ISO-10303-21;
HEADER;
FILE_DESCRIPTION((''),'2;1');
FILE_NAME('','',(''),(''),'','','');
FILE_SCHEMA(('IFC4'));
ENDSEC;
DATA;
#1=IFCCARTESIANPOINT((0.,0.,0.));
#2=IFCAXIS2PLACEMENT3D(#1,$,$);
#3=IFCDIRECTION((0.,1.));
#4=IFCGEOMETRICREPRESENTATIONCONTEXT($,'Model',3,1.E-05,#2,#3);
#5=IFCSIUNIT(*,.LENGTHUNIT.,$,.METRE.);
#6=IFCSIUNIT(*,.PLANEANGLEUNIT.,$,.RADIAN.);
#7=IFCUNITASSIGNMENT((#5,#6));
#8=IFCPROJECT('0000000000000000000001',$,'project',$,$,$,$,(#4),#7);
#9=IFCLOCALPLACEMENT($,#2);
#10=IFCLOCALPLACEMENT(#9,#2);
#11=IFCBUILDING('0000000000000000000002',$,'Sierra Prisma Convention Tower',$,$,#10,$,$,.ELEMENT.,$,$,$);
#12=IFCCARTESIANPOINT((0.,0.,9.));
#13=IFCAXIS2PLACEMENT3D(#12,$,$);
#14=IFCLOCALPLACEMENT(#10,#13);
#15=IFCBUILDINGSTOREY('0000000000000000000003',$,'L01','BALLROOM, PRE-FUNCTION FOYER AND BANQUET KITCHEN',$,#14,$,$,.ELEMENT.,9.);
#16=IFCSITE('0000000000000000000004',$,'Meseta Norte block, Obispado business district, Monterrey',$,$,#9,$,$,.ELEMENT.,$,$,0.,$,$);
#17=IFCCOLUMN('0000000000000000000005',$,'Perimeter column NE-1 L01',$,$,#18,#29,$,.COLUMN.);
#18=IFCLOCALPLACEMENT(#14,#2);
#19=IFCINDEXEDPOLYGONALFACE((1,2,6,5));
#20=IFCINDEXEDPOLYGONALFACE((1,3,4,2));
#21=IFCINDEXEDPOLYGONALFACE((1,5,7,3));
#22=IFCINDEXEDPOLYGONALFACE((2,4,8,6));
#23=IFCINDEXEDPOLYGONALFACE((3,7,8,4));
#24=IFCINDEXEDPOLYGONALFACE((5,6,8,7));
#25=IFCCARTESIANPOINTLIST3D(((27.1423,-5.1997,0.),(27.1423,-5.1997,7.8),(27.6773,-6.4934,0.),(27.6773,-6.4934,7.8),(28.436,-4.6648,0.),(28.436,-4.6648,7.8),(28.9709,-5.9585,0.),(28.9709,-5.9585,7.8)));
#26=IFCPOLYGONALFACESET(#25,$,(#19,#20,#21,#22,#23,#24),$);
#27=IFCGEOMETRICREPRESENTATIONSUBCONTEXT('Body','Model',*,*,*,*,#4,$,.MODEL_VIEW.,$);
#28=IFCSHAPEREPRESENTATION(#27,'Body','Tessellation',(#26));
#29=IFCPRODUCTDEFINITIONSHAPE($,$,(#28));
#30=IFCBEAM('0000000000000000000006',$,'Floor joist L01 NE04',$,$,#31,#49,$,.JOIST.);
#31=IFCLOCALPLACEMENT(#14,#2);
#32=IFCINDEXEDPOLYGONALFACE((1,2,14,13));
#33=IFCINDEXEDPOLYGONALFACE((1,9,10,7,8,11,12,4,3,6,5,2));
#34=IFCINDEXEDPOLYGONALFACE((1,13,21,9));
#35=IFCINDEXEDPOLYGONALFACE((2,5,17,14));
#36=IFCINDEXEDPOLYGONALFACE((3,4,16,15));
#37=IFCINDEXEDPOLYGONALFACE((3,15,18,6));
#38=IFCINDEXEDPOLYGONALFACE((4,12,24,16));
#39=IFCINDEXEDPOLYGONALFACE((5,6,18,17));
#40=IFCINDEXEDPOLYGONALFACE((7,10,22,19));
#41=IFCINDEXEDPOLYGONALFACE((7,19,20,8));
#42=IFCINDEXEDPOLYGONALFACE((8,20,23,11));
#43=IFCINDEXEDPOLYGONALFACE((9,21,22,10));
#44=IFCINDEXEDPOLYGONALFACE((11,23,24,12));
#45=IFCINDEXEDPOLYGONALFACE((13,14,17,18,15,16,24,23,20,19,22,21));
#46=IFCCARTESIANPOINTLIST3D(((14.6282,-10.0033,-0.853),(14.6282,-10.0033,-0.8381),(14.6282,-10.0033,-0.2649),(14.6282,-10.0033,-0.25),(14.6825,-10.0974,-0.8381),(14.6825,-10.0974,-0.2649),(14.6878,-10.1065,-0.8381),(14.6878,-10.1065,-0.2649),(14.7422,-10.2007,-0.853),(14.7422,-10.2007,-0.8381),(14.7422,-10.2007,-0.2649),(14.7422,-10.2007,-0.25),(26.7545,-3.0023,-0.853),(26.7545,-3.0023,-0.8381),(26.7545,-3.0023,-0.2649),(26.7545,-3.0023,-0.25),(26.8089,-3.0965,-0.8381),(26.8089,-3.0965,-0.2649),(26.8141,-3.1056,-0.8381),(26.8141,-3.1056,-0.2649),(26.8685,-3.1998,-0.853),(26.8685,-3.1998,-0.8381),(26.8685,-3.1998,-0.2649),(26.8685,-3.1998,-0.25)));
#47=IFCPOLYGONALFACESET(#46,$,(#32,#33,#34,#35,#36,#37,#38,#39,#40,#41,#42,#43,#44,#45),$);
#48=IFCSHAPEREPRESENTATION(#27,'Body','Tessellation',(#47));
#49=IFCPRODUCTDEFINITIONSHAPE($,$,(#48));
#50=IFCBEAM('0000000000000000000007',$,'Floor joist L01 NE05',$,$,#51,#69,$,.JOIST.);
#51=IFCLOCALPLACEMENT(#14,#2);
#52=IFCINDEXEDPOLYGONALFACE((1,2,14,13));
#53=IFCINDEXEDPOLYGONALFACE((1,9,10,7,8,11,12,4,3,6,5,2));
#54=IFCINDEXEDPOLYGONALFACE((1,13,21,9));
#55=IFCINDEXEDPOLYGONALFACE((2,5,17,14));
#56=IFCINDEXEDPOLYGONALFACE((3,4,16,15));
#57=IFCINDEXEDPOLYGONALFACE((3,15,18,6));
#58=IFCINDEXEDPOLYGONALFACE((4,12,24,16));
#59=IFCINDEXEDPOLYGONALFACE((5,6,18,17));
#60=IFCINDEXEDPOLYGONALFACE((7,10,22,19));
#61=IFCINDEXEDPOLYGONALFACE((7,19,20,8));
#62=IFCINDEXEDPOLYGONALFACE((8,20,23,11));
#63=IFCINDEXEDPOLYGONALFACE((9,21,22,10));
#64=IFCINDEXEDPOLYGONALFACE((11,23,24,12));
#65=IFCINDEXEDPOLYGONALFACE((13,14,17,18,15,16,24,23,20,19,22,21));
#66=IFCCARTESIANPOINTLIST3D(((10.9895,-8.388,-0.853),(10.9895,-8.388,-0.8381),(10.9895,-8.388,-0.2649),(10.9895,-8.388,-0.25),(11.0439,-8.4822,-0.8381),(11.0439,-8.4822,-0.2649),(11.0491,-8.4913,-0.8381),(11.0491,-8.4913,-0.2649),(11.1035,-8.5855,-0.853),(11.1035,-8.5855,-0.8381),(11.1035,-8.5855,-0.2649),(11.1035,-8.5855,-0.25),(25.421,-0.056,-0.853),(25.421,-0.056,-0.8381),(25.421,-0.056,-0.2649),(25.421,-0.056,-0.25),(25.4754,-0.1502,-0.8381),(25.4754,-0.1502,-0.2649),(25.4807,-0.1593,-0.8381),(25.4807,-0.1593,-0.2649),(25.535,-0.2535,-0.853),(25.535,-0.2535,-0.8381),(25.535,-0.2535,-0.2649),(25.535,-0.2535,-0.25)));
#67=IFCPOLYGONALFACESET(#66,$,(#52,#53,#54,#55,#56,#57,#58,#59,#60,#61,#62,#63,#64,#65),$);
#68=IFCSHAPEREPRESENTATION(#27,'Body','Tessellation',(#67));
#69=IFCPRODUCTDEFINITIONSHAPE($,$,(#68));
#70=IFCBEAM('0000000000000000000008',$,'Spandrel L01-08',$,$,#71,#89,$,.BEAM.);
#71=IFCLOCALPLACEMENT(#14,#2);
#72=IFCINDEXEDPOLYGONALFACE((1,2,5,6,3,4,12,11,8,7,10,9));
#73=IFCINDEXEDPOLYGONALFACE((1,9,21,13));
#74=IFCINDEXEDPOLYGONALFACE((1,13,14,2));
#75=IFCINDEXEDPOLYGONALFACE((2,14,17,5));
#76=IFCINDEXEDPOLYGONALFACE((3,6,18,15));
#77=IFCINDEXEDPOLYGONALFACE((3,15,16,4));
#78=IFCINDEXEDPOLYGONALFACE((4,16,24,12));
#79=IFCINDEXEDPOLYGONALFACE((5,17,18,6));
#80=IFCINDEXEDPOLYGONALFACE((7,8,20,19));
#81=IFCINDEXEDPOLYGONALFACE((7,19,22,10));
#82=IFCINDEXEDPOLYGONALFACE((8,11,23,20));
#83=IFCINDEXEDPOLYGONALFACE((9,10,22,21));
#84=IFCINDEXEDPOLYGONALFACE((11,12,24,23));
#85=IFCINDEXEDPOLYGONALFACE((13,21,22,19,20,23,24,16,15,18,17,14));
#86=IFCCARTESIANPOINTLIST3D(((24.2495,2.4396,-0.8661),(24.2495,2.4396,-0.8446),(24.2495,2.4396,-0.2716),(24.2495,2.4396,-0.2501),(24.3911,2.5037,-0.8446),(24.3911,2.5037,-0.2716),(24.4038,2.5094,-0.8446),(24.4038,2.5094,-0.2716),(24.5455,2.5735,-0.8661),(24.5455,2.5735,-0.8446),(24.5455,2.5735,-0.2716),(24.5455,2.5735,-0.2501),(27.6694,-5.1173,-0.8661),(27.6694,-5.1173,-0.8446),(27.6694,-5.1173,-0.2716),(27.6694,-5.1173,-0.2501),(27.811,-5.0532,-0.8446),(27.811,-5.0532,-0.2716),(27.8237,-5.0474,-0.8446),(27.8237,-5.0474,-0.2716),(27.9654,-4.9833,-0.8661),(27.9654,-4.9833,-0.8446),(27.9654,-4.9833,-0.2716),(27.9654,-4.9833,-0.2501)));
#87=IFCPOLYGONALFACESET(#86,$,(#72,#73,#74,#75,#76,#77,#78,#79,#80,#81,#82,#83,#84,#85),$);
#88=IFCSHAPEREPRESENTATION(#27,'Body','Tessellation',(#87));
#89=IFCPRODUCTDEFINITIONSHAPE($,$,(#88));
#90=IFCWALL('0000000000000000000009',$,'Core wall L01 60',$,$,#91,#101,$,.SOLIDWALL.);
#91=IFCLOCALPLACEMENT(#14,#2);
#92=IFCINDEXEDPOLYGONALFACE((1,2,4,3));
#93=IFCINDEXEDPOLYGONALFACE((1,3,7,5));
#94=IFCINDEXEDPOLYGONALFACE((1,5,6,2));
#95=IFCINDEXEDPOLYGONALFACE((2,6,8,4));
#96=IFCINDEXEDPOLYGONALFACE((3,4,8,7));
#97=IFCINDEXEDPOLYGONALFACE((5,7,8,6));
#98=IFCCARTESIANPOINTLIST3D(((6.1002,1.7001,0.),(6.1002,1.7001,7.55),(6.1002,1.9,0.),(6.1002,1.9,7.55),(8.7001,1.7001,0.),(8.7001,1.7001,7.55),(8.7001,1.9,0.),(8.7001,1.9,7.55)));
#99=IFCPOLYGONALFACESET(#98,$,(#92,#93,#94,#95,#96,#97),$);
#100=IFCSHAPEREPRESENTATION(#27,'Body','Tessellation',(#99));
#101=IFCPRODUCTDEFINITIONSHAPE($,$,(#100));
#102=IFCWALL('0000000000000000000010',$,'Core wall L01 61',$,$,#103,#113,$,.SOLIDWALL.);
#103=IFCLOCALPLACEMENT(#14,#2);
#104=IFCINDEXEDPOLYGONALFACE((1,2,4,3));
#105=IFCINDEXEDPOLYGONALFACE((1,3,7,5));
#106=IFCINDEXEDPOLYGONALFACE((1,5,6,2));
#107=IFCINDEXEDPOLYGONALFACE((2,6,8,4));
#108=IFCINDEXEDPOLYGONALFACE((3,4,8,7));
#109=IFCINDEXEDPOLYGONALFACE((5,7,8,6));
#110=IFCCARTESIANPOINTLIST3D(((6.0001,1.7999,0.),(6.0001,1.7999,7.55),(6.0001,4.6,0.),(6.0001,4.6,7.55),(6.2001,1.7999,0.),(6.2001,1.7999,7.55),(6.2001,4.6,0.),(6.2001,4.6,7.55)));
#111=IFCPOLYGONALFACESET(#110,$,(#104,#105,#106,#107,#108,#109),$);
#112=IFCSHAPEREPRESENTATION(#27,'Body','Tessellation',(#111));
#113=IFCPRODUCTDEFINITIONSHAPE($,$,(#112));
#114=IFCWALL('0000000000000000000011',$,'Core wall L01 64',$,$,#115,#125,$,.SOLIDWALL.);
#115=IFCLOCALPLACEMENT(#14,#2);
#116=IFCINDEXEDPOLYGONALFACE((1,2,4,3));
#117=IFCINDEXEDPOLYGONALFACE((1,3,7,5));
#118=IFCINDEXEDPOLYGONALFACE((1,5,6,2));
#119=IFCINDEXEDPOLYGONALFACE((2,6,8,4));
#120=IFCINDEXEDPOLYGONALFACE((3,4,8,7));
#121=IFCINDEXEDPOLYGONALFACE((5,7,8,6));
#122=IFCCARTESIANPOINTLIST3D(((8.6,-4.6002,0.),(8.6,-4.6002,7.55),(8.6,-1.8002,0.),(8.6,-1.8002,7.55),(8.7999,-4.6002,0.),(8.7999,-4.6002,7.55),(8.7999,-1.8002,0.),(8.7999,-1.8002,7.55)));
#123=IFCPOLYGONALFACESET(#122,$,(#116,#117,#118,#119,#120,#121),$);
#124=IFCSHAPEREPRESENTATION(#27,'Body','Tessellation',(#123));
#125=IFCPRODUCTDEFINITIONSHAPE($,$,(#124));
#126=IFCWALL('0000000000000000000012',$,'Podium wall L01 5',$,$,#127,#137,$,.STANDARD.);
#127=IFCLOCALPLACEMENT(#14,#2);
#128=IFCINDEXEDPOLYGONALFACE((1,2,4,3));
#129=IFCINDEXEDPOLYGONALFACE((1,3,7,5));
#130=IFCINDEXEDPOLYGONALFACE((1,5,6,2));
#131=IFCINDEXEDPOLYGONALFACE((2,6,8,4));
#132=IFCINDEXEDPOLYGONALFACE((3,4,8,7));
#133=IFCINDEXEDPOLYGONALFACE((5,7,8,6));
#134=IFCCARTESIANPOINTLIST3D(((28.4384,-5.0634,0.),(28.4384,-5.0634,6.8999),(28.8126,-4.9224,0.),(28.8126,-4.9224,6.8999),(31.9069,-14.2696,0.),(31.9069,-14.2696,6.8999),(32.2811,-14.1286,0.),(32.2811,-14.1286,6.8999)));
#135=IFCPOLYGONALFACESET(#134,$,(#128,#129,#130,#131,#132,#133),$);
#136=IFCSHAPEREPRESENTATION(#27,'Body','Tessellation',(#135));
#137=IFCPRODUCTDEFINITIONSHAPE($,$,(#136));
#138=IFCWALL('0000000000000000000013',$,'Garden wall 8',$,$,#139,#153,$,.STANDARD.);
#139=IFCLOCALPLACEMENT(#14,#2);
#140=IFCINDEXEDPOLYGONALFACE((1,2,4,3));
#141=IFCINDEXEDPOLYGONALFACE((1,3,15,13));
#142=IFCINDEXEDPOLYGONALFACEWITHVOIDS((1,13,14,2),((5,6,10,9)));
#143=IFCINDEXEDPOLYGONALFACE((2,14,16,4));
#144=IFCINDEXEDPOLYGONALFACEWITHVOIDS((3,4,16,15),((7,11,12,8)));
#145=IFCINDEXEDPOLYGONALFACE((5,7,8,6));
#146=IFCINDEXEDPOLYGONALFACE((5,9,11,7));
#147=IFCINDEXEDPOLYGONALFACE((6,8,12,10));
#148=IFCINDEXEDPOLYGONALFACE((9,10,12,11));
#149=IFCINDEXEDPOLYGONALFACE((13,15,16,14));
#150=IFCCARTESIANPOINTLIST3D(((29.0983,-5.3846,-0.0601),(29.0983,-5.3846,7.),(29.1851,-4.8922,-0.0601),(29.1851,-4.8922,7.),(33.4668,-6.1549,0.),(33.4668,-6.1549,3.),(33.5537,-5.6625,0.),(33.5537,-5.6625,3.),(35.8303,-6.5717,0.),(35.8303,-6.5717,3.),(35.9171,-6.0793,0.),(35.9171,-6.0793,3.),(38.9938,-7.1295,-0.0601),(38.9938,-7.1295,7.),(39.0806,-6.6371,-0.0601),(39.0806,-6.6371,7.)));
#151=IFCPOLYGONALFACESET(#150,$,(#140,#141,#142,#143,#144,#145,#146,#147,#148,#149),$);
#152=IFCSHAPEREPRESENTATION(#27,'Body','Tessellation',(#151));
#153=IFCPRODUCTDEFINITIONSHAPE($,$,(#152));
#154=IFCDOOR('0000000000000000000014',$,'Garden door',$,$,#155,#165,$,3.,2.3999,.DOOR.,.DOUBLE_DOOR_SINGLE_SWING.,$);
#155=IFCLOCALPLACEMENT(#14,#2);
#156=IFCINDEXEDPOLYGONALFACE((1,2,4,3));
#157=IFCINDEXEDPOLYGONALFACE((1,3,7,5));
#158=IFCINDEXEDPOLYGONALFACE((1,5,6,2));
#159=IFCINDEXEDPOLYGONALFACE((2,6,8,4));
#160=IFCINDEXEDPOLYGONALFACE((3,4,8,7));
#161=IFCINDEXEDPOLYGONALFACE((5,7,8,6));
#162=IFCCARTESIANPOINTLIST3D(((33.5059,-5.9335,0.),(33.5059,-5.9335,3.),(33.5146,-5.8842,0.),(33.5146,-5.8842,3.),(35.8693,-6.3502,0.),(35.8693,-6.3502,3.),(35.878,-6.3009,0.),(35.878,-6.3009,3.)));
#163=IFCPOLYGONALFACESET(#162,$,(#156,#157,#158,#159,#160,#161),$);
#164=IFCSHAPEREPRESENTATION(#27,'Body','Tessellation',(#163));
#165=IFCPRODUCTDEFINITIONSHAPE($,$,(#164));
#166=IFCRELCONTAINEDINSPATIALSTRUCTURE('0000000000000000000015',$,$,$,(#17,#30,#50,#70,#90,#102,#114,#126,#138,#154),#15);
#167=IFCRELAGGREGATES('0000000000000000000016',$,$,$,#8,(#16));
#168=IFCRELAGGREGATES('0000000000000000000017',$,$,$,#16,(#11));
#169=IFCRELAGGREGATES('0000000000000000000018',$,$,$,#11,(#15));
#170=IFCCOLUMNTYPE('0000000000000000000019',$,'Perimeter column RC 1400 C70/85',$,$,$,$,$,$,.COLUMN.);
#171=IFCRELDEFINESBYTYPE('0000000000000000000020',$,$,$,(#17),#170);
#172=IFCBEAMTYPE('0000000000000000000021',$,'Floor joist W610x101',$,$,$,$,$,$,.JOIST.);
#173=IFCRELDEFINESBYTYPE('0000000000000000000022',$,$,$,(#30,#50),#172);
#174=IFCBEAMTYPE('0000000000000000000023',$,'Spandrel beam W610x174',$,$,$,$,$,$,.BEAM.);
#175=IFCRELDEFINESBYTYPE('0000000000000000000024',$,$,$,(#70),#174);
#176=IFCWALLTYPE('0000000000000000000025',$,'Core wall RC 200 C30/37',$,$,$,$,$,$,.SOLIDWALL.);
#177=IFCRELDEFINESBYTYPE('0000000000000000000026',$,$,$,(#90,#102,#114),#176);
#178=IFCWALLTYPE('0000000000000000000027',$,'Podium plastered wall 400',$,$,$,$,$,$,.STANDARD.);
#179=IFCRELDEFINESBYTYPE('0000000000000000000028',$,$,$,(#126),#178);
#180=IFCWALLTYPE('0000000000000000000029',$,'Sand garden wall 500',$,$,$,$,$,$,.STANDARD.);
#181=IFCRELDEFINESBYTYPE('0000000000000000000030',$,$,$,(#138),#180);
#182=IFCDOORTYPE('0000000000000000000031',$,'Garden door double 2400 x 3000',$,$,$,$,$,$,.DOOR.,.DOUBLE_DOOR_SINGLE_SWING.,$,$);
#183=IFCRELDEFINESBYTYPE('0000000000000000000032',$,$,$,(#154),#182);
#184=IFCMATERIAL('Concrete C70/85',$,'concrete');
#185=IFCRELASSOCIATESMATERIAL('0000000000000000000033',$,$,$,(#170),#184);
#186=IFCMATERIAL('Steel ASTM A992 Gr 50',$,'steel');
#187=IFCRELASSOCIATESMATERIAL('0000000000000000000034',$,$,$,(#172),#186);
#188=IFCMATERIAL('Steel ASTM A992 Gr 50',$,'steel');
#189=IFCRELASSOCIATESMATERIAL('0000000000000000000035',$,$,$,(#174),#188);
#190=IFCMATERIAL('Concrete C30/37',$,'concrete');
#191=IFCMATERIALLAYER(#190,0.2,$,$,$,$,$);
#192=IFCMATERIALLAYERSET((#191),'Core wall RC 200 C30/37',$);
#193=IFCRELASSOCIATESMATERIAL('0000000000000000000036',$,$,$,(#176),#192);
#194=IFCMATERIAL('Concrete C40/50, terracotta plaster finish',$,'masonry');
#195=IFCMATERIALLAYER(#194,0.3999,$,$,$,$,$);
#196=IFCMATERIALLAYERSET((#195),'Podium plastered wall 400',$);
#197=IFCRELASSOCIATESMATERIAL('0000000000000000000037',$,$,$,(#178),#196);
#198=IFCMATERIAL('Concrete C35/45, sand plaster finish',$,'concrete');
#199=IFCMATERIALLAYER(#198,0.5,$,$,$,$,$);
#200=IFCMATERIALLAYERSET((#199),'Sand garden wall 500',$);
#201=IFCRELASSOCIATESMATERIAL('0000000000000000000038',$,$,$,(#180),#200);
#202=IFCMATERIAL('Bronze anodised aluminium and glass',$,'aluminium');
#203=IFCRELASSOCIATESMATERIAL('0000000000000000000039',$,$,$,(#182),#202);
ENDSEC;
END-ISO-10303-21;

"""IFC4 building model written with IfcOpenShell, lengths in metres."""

from ifc_helpers import new_model, si_unit, direction, frame, frame_2d, origin, origin_2d, place, context, subcontext, project, spatial, rectangle, i_section, extrude, material, layer, layer_set, material_profile, profile_set, type_object, element, fill, save


model = new_model("IFC4")

# Units and contexts
model_context = context("Model", 3, precision=1e-05, world=origin(), true_north=direction((0.0, 1.0)))
body_context = subcontext(model_context, "Body", "Model", "MODEL_VIEW")
ifc_project = project(units=[si_unit("LENGTHUNIT", "METRE"), si_unit("PLANEANGLEUNIT", "RADIAN")], contexts=[model_context])

# Site, building, storey
site_placement = place(None, origin())
site = spatial("IfcSite", under=ifc_project, at=site_placement, Name="Meseta Norte block, Obispado business district, Monterrey", CompositionType="ELEMENT", RefElevation=0.0)
building_placement = place(site_placement, origin())
building = spatial("IfcBuilding", under=site, at=building_placement, Name="Sierra Prisma Convention Tower", CompositionType="ELEMENT")
storey_placement = place(building_placement, frame((0.0, 0.0, 9.0)))
storey = spatial("IfcBuildingStorey", under=building, at=storey_placement, Name="L01", Description="BALLROOM, PRE-FUNCTION FOYER AND BANQUET KITCHEN", CompositionType="ELEMENT", Elevation=9.0)

# Column
ifc_material_1 = material(Name="Concrete C70/85", Category="concrete")
ifc_material_profile_1 = material_profile(ifc_material_1, rectangle(XDim=1.3999, YDim=1.3999, at=origin_2d()), Name="Perimeter column RC 1400 C70/85")
ifc_profile_set_1 = profile_set([ifc_material_profile_1], Name="Concrete C70/85")
column_type = type_object("IfcColumnType", Name="Perimeter column RC 1400 C70/85", PredefinedType="COLUMN", material=ifc_profile_set_1)
column_placement = place(storey_placement, frame((28.0566, -5.5791, 0.0), z_axis=(0.0, 0.0, 1.0), x_axis=(-0.382135, 0.924106, 0.0)))
element("IfcColumn", 1, at=column_placement, inside=storey, type_object=column_type, Name="Perimeter column NE-1 L01", PredefinedType="COLUMN", context=body_context, shape_type="SweptSolid", body=[
    extrude(rectangle(XDim=1.3999, YDim=1.3999, at=origin_2d()), origin(), (0.0, 0.0, 1.0), 7.8),
])

# Beams
ifc_material_2 = material(Name="Steel ASTM A992 Gr 50", Category="steel")
ifc_material_profile_2 = material_profile(ifc_material_2, i_section(OverallWidth=0.228, OverallDepth=0.603, WebThickness=0.0105, FlangeThickness=0.0149, at=origin_2d()), Name="W610x101")
ifc_profile_set_2 = profile_set([ifc_material_profile_2], Name="Steel ASTM A992 Gr 50")
beam_type_1 = type_object("IfcBeamType", Name="Floor joist W610x101", PredefinedType="JOIST", material=ifc_profile_set_2)
beam_1_placement = place(storey_placement, frame((26.8115, -3.1011, -0.5515), z_axis=(-0.866033, -0.499987, 0.0), x_axis=(0.499987, -0.866033, 0.0)))
element("IfcBeam", 2, at=beam_1_placement, inside=storey, type_object=beam_type_1, Name="Floor joist L01 NE04", PredefinedType="JOIST", context=body_context, shape_type="SweptSolid", body=[
    extrude(i_section(OverallWidth=0.228, OverallDepth=0.603, WebThickness=0.0105, FlangeThickness=0.0149, at=origin_2d()), origin(), (0.0, 0.0, 1.0), 14.0022),
])
beam_2_placement = place(storey_placement, frame((25.478, -0.1548, -0.5515), z_axis=(-0.866027, -0.499996, 0.0), x_axis=(0.499996, -0.866027, 0.0)))
element("IfcBeam", 3, at=beam_2_placement, inside=storey, type_object=beam_type_1, Name="Floor joist L01 NE05", PredefinedType="JOIST", context=body_context, shape_type="SweptSolid", body=[
    extrude(i_section(OverallWidth=0.228, OverallDepth=0.603, WebThickness=0.0105, FlangeThickness=0.0149, at=origin_2d()), origin(), (0.0, 0.0, 1.0), 16.6641),
])
ifc_material_3 = material(Name="Steel ASTM A992 Gr 50", Category="steel")
ifc_material_profile_3 = material_profile(ifc_material_3, i_section(OverallWidth=0.325, OverallDepth=0.616, WebThickness=0.0139, FlangeThickness=0.0215, at=origin_2d()), Name="W610x174")
ifc_profile_set_3 = profile_set([ifc_material_profile_3], Name="Steel ASTM A992 Gr 50")
beam_type_2 = type_object("IfcBeamType", Name="Spandrel beam W610x174", PredefinedType="BEAM", material=ifc_profile_set_3)
beam_3_placement = place(storey_placement, frame((27.8174, -5.0503, -0.5581), z_axis=(-0.412301, 0.911048, 0.0), x_axis=(-0.911048, -0.412301, 0.0)))
element("IfcBeam", 4, at=beam_3_placement, inside=storey, type_object=beam_type_2, Name="Spandrel L01-08", PredefinedType="BEAM", context=body_context, shape_type="SweptSolid", body=[
    extrude(i_section(OverallWidth=0.325, OverallDepth=0.616, WebThickness=0.0139, FlangeThickness=0.0215, at=origin_2d()), origin(), (0.0, 0.0, 1.0), 8.2947),
])

# Shared definitions
ifc_material_4 = material(Name="Concrete C30/37", Category="concrete")
ifc_layer_1 = layer(ifc_material_4, 0.2)
ifc_layer_set_1 = layer_set([ifc_layer_1], Name="Core wall RC 200 C30/37")
wall_type_1 = type_object("IfcWallType", Name="Core wall RC 200 C30/37", PredefinedType="SOLIDWALL", material=ifc_layer_set_1)

# Walls
wall_1_placement = place(storey_placement, frame((8.7, 1.8, 0.0), z_axis=(0.0, 0.0, 1.0), x_axis=(-1.0, 0.0, 0.0)))
element("IfcWall", 5, at=wall_1_placement, inside=storey, type_object=wall_type_1, Name="Core wall L01 60", PredefinedType="SOLIDWALL", context=body_context, shape_type="SweptSolid", body=[
    extrude(rectangle(XDim=2.5999, YDim=0.2, at=frame_2d((1.2998, 0.0))), origin(), (0.0, 0.0, 1.0), 7.55),
])
wall_2_placement = place(storey_placement, frame((6.1001, 1.8, 0.0), z_axis=(0.0, 0.0, 1.0), x_axis=(0.0, 1.0, 0.0)))
element("IfcWall", 6, at=wall_2_placement, inside=storey, type_object=wall_type_1, Name="Core wall L01 61", PredefinedType="SOLIDWALL", context=body_context, shape_type="SweptSolid", body=[
    extrude(rectangle(XDim=2.8, YDim=0.2, at=frame_2d((1.3999, 0.0))), origin(), (0.0, 0.0, 1.0), 7.55),
])

# Wall
wall_3_placement = place(storey_placement, frame((8.7, -4.6001, 0.0), z_axis=(0.0, 0.0, 1.0), x_axis=(0.0, 1.0, 0.0)))
element("IfcWall", 7, at=wall_3_placement, inside=storey, type_object=wall_type_1, Name="Core wall L01 64", PredefinedType="SOLIDWALL", context=body_context, shape_type="SweptSolid", body=[
    extrude(rectangle(XDim=2.8, YDim=0.2, at=frame_2d((1.3999, 0.0))), origin(), (0.0, 0.0, 1.0), 7.55),
])

# Wall
ifc_material_5 = material(Name="Concrete C40/50, terracotta plaster finish", Category="masonry")
ifc_layer_2 = layer(ifc_material_5, 0.3999)
ifc_layer_set_2 = layer_set([ifc_layer_2], Name="Podium plastered wall 400")
wall_type_2 = type_object("IfcWallType", Name="Podium plastered wall 400", PredefinedType="STANDARD", material=ifc_layer_set_2)
wall_4_placement = place(storey_placement, frame((28.6255, -4.9929, 0.0), z_axis=(0.0, 0.0, 1.0), x_axis=(0.35257, -0.935785, 0.0)))
element("IfcWall", 8, at=wall_4_placement, inside=storey, type_object=wall_type_2, Name="Podium wall L01 5", PredefinedType="STANDARD", context=body_context, shape_type="SweptSolid", body=[
    extrude(rectangle(XDim=9.8379, YDim=0.3999, at=frame_2d((4.9189, 0.0))), origin(), (0.0, 0.0, 1.0), 6.8999),
])

# Wall, opening, door
ifc_material_6 = material(Name="Concrete C35/45, sand plaster finish", Category="concrete")
ifc_layer_3 = layer(ifc_material_6, 0.5)
ifc_layer_set_3 = layer_set([ifc_layer_3], Name="Sand garden wall 500")
wall_type_3 = type_object("IfcWallType", Name="Sand garden wall 500", PredefinedType="STANDARD", material=ifc_layer_set_3)
wall_5_placement = place(storey_placement, frame((29.1418, -5.1384, -0.0601), z_axis=(0.0, 0.0, 1.0), x_axis=(0.984807, -0.173651, 0.0)))
wall_5 = element("IfcWall", 9, at=wall_5_placement, inside=storey, type_object=wall_type_3, Name="Garden wall 8", PredefinedType="STANDARD", context=body_context, shape_type="SweptSolid", body=[
    extrude(rectangle(XDim=10.0481, YDim=0.5, at=frame_2d((5.0239, 0.0))), origin(), (0.0, 0.0, 1.0), 7.0601),
])
opening_1_placement = place(wall_5_placement, frame((4.4358, 0.0, 0.0601)))
opening_1 = element("IfcOpeningElement", 10, at=opening_1_placement, cuts=wall_5, PredefinedType="OPENING", context=body_context, shape_type="SweptSolid", body=[
    extrude(rectangle(XDim=2.3999, YDim=3.0, at=frame_2d((1.2, 1.5))), frame((0.0, 0.25, 0.0), z_axis=(0.0, -1.0, 0.0), x_axis=(1.0, 0.0, 0.0)), (0.0, 0.0, 1.0), 0.5),
])
ifc_material_7 = material(Name="Bronze anodised aluminium and glass", Category="aluminium")
door_type_1 = type_object("IfcDoorType", Name="Garden door double 2400 x 3000", OperationType="DOUBLE_DOOR_SINGLE_SWING", PredefinedType="DOOR", material=ifc_material_7)
door_1_placement = place(opening_1_placement, origin())
door_1 = element("IfcDoor", 11, at=door_1_placement, inside=storey, type_object=door_type_1, Name="Garden door", OperationType="DOUBLE_DOOR_SINGLE_SWING", OverallHeight=3.0, OverallWidth=2.3999, PredefinedType="DOOR", context=body_context, shape_type="SweptSolid", body=[
    extrude(rectangle(XDim=2.3999, YDim=3.0, at=frame_2d((1.2, 1.5))), frame((0.0, 0.0249, 0.0), z_axis=(0.0, -1.0, 0.0), x_axis=(1.0, 0.0, 0.0)), (0.0, 0.0, 1.0), 0.05),
])
fill(opening_1, door_1)

save(model, "model.ifc")
